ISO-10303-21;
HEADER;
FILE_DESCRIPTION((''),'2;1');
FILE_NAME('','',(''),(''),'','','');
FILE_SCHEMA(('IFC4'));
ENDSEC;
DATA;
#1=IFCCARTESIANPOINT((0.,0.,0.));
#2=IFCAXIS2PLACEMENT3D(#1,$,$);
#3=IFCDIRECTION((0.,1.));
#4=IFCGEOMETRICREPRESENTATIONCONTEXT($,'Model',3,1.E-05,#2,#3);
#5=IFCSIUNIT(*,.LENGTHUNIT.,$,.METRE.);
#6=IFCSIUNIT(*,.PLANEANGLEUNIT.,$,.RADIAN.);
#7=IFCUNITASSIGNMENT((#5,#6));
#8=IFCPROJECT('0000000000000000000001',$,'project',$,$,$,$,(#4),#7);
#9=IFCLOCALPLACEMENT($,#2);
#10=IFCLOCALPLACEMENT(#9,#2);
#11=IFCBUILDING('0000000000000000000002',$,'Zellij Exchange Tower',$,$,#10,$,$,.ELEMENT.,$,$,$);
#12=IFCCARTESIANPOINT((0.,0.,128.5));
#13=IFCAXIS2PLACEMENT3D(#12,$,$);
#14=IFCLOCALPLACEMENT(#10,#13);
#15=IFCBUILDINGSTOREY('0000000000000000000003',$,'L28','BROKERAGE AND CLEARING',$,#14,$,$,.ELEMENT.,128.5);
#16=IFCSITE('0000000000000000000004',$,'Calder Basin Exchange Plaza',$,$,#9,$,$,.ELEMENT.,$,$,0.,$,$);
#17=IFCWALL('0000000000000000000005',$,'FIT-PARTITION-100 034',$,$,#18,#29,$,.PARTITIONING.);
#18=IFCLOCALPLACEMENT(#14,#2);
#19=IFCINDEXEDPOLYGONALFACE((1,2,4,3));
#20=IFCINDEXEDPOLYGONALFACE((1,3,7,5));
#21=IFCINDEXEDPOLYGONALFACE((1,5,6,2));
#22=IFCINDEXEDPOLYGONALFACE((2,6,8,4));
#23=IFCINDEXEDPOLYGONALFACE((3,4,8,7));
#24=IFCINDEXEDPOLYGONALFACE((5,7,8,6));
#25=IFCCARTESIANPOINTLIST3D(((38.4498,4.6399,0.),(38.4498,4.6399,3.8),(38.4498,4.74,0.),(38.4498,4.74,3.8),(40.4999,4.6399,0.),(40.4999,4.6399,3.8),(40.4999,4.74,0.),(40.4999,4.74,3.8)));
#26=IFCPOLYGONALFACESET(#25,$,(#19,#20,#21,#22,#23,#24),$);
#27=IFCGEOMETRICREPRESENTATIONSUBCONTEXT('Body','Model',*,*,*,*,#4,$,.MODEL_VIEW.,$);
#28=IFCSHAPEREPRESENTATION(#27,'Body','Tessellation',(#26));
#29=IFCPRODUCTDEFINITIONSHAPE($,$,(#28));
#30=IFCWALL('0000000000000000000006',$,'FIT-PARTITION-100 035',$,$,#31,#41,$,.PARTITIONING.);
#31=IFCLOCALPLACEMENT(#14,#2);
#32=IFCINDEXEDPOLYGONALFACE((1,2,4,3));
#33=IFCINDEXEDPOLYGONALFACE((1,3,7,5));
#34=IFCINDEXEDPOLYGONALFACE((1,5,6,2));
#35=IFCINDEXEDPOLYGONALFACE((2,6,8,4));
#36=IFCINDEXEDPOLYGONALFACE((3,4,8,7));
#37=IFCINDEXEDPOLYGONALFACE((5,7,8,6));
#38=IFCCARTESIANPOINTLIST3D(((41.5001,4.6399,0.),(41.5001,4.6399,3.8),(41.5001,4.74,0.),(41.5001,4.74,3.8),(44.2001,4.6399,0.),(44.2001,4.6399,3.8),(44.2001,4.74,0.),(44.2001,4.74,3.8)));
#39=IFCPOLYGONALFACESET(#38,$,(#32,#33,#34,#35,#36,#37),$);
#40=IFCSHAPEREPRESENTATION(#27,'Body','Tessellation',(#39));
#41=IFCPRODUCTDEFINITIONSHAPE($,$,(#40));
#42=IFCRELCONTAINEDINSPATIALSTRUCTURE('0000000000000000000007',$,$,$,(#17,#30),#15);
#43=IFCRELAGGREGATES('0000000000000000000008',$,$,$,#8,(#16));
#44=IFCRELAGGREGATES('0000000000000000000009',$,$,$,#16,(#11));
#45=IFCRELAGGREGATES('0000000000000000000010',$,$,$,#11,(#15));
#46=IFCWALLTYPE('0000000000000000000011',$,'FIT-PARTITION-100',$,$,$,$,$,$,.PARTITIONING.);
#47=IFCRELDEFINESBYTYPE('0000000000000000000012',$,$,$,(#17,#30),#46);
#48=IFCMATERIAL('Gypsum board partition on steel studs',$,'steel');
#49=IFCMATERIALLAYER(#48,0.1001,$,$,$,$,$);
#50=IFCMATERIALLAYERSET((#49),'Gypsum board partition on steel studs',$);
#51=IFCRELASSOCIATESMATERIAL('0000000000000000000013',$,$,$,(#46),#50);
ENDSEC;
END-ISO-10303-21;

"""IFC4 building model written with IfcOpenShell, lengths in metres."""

from ifc_helpers import new_model, si_unit, direction, frame, frame_2d, origin, place, context, subcontext, project, spatial, rectangle, extrude, material, layer, layer_set, type_object, element, save


model = new_model("IFC4")

# Units and contexts
model_context = context("Model", 3, precision=1e-05, world=origin(), true_north=direction((0.0, 1.0)))
body_context = subcontext(model_context, "Body", "Model", "MODEL_VIEW")
ifc_project = project(units=[si_unit("LENGTHUNIT", "METRE"), si_unit("PLANEANGLEUNIT", "RADIAN")], contexts=[model_context])

# Site, building, storey
site_placement = place(None, origin())
site = spatial("IfcSite", under=ifc_project, at=site_placement, Name="Calder Basin Exchange Plaza", CompositionType="ELEMENT", RefElevation=0.0)
building_placement = place(site_placement, origin())
building = spatial("IfcBuilding", under=site, at=building_placement, Name="Zellij Exchange Tower", CompositionType="ELEMENT")
storey_placement = place(building_placement, frame((0.0, 0.0, 128.5)))
storey = spatial("IfcBuildingStorey", under=building, at=storey_placement, Name="L28", Description="BROKERAGE AND CLEARING", CompositionType="ELEMENT", Elevation=128.5)

# Shared definitions
ifc_material_1 = material(Name="Gypsum board partition on steel studs", Category="steel")
ifc_layer_1 = layer(ifc_material_1, 0.1001)
ifc_layer_set_1 = layer_set([ifc_layer_1], Name="Gypsum board partition on steel studs")
wall_type_1 = type_object("IfcWallType", Name="FIT-PARTITION-100", PredefinedType="PARTITIONING", material=ifc_layer_set_1)

# Walls
wall_1_placement = place(storey_placement, frame((38.45, 4.6899, 0.0), z_axis=(0.0, 0.0, 1.0), x_axis=(1.0, 0.0, 0.0)))
element("IfcWall", 1, at=wall_1_placement, inside=storey, type_object=wall_type_1, Name="FIT-PARTITION-100 034", PredefinedType="PARTITIONING", context=body_context, shape_type="SweptSolid", body=[
    extrude(rectangle(XDim=2.05, YDim=0.1001, at=frame_2d((1.0249, 0.0))), origin(), (0.0, 0.0, 1.0), 3.8),
])
wall_2_placement = place(storey_placement, frame((41.5, 4.6899, 0.0), z_axis=(0.0, 0.0, 1.0), x_axis=(1.0, 0.0, 0.0)))
element("IfcWall", 2, at=wall_2_placement, inside=storey, type_object=wall_type_1, Name="FIT-PARTITION-100 035", PredefinedType="PARTITIONING", context=body_context, shape_type="SweptSolid", body=[
    extrude(rectangle(XDim=2.7, YDim=0.1001, at=frame_2d((1.3501, 0.0))), origin(), (0.0, 0.0, 1.0), 3.8),
])

save(model, "model.ifc")
